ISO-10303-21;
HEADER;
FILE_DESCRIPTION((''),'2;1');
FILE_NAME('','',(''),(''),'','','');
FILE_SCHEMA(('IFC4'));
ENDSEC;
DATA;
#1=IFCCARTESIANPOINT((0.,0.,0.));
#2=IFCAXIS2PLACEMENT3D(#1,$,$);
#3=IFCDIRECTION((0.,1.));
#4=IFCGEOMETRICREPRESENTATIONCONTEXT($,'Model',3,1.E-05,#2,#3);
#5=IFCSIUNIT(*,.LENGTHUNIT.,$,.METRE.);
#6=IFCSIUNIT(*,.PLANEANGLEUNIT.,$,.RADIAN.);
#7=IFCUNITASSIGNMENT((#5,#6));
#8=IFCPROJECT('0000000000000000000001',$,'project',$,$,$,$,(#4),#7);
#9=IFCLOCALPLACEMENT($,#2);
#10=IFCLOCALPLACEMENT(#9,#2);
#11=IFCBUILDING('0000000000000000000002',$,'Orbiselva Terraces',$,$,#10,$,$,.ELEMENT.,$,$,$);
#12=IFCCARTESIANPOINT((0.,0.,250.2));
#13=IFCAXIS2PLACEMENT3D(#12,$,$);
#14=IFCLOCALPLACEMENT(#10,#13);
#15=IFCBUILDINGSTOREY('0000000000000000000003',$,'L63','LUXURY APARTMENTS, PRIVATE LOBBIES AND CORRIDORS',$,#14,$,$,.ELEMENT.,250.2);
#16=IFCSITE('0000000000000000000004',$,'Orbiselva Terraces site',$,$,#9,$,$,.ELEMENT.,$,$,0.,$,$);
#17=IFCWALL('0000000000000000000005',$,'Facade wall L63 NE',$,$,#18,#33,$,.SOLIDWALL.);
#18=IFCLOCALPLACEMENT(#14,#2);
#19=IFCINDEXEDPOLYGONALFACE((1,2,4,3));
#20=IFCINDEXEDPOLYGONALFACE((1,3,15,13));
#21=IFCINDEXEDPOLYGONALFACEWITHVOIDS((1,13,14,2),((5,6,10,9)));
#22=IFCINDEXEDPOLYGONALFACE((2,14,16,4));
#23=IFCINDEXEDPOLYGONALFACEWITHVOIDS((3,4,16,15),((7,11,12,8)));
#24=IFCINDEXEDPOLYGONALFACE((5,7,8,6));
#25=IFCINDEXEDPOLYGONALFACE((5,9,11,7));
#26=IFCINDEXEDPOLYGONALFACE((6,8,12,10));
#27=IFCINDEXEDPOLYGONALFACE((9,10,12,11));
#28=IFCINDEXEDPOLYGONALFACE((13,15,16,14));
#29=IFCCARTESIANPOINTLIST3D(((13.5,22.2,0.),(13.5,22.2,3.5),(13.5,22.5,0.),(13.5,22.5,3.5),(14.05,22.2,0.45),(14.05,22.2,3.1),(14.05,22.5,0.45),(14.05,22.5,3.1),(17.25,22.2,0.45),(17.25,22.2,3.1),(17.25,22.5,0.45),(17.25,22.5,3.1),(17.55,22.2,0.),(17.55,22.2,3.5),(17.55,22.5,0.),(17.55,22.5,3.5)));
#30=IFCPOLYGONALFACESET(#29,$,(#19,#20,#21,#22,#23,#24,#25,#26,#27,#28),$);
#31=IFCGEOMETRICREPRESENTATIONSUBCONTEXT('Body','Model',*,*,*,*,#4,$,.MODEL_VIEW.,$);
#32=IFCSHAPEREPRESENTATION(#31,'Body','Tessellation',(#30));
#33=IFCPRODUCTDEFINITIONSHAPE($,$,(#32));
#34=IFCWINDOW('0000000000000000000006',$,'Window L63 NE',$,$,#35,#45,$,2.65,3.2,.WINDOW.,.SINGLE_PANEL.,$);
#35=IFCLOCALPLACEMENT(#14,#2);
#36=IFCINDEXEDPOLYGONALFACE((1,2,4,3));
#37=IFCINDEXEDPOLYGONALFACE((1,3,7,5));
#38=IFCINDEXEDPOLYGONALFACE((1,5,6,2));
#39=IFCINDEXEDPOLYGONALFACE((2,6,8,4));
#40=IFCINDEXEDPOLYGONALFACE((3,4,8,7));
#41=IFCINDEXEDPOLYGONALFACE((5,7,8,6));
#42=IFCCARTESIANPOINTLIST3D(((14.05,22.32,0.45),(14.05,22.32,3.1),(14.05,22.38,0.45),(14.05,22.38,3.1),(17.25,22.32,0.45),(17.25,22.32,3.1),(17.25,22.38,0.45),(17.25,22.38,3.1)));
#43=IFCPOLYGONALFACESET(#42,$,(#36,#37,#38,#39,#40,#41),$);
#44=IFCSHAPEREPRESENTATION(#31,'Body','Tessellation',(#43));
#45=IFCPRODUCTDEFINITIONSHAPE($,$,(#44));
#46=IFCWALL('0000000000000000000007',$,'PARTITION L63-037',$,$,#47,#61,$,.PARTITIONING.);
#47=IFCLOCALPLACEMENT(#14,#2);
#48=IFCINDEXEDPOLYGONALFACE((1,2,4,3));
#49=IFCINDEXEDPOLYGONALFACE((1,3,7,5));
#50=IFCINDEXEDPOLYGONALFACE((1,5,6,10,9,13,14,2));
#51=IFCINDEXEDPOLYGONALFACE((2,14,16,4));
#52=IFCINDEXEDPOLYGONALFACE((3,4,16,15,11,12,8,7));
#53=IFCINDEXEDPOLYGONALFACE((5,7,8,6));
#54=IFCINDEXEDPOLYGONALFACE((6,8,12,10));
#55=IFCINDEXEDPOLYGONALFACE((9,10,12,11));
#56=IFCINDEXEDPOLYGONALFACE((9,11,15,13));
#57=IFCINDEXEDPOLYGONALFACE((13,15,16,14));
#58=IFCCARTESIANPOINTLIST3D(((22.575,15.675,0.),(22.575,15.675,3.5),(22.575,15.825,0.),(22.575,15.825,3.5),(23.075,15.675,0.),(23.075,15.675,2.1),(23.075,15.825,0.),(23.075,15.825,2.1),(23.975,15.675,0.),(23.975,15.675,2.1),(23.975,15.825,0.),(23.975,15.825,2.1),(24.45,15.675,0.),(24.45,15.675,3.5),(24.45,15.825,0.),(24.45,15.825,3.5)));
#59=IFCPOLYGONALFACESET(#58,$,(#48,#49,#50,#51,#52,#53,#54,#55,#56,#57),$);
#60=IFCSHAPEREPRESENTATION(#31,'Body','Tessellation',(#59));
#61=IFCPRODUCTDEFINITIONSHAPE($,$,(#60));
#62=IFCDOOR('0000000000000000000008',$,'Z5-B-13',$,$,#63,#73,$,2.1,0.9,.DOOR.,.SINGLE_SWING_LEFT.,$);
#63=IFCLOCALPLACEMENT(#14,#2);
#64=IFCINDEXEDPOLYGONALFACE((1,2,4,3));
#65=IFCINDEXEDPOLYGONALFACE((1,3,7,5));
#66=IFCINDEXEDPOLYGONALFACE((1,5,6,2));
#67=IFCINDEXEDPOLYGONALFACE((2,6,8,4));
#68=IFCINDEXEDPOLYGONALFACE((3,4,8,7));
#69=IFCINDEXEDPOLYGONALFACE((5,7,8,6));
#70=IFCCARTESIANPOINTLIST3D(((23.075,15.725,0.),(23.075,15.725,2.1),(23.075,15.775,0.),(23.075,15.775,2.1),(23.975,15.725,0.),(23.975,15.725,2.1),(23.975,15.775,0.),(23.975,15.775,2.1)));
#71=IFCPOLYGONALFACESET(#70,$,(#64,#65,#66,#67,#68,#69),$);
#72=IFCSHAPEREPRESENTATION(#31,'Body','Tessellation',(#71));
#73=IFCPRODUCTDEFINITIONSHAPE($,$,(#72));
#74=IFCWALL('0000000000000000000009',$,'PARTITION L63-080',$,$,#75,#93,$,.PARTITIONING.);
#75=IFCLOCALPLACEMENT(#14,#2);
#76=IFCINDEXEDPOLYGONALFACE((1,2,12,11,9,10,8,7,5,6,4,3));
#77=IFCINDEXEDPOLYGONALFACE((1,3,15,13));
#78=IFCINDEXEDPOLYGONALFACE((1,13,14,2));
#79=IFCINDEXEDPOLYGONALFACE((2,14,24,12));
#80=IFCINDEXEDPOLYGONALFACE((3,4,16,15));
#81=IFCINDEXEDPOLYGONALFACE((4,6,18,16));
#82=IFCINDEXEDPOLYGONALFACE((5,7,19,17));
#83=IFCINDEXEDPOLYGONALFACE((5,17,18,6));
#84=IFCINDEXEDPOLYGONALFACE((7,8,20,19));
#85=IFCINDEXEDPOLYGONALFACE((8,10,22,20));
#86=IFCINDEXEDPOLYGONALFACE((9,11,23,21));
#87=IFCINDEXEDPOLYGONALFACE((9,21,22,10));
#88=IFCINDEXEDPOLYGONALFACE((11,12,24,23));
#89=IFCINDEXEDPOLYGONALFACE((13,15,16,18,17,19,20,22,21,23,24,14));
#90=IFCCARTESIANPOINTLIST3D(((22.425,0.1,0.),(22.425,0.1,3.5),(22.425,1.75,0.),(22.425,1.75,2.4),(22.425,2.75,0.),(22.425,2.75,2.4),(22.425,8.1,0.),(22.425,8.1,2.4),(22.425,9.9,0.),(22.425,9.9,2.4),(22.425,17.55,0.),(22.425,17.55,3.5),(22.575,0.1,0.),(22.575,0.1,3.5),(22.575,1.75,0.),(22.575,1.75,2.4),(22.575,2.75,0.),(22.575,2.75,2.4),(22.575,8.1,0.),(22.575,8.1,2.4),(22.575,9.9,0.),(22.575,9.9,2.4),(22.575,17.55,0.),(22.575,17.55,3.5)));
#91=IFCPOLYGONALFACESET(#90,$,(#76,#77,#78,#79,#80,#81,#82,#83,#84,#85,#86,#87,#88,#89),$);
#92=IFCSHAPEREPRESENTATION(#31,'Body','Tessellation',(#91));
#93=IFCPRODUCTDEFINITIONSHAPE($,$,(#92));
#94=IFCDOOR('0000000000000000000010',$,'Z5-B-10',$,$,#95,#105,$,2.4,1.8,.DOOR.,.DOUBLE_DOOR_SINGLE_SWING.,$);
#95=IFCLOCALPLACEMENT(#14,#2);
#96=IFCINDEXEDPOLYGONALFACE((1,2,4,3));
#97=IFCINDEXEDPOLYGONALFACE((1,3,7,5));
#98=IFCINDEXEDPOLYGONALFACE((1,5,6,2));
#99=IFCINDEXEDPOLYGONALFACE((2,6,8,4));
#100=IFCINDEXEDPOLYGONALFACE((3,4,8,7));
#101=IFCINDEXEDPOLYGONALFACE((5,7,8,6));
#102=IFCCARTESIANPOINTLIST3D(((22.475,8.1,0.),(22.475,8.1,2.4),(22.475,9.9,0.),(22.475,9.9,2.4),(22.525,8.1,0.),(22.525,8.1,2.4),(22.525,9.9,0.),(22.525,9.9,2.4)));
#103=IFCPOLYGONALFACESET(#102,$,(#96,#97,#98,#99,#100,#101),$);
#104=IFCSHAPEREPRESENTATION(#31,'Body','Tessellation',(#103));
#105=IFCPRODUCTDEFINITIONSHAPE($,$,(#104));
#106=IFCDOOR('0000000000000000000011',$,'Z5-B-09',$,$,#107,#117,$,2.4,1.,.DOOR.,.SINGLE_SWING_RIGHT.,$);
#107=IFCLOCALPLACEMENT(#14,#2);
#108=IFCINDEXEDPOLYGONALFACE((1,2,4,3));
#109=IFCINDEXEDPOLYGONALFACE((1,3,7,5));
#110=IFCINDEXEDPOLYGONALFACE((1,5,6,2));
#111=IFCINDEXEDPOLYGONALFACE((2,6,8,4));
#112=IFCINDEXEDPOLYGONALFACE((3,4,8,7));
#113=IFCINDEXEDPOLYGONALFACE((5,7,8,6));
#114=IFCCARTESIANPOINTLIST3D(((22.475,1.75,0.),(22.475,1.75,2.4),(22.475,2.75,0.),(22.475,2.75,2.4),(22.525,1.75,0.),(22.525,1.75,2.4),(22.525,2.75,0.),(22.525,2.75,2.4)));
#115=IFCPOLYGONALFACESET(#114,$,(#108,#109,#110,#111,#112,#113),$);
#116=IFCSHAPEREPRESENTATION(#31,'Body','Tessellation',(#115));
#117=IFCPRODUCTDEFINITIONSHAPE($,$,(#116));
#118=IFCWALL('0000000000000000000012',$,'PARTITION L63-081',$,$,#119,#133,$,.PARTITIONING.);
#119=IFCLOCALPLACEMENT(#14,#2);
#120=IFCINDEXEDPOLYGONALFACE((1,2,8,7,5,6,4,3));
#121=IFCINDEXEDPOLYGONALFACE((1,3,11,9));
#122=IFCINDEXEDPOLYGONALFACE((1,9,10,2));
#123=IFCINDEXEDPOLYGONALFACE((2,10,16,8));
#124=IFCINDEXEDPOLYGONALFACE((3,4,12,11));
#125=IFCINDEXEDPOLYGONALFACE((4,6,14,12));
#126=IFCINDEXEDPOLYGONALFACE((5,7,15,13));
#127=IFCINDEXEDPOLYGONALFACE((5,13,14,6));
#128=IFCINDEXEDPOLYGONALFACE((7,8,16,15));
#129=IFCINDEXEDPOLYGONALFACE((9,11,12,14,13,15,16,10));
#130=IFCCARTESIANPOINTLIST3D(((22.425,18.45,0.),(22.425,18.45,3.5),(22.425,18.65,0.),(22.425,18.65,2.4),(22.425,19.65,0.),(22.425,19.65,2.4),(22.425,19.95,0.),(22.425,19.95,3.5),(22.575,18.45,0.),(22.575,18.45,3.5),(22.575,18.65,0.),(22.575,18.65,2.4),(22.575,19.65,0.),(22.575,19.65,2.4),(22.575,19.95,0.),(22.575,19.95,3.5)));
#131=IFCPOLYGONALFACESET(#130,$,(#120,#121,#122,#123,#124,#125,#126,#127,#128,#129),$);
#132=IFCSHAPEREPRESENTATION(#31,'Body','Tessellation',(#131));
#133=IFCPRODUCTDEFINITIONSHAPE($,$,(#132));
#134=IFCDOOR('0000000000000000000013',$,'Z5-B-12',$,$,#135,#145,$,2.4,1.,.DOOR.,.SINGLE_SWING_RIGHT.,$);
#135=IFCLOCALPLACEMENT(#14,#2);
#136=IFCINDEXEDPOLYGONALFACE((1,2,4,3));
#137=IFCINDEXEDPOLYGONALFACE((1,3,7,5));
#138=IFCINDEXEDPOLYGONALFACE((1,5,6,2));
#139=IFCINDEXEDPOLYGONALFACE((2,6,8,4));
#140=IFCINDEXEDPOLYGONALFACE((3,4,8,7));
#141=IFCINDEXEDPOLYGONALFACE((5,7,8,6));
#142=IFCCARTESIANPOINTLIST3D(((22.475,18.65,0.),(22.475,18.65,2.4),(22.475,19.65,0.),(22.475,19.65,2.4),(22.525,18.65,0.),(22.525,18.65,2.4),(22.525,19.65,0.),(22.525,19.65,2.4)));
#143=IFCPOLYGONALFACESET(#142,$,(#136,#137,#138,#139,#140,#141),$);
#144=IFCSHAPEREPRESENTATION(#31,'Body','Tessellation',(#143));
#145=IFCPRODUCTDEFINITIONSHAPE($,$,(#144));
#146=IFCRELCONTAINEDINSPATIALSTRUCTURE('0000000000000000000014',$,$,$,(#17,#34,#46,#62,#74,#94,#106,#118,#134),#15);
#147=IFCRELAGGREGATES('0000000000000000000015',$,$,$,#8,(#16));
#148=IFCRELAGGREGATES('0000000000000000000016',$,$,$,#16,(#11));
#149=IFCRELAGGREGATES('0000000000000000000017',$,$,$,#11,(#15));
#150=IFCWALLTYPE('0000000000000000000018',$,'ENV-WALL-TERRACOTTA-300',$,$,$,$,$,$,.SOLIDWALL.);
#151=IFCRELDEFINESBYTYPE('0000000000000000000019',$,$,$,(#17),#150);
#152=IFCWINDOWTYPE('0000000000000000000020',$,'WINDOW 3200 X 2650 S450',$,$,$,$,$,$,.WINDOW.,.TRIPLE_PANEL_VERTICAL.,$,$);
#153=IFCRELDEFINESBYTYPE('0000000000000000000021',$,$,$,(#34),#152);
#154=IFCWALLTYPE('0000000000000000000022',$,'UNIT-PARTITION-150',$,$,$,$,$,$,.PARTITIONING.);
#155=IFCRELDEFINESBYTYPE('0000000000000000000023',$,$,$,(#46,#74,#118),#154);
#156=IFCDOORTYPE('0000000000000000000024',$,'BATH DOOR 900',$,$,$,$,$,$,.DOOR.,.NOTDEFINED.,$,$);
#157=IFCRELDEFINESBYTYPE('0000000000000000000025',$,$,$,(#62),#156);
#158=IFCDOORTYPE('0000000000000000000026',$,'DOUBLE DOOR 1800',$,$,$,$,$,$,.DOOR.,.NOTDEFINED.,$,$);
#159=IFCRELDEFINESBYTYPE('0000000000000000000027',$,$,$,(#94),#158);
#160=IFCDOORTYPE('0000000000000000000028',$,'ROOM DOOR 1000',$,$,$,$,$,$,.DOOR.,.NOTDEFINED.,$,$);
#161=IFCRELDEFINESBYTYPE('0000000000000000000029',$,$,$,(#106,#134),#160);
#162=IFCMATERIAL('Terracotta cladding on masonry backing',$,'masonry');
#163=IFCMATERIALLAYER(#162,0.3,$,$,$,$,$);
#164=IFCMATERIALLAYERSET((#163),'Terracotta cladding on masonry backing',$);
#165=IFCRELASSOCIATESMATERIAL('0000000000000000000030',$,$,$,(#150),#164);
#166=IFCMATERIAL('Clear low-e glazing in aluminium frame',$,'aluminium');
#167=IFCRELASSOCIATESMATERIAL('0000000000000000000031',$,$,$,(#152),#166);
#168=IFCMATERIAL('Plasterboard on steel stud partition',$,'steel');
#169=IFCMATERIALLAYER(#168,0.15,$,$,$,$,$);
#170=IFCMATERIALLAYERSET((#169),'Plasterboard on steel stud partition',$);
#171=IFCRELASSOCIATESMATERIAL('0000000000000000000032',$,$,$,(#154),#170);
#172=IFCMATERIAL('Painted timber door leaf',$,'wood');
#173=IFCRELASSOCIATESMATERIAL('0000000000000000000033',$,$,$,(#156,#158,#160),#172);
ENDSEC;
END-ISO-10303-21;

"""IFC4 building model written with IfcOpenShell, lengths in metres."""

from ifc_helpers import new_model, si_unit, direction, frame, frame_2d, origin, place, context, subcontext, project, spatial, rectangle, extrude, material, layer, layer_set, type_object, element, fill, save


model = new_model("IFC4")

# Units and contexts
model_context = context("Model", 3, precision=1e-05, world=origin(), true_north=direction((0.0, 1.0)))
body_context = subcontext(model_context, "Body", "Model", "MODEL_VIEW")
ifc_project = project(units=[si_unit("LENGTHUNIT", "METRE"), si_unit("PLANEANGLEUNIT", "RADIAN")], contexts=[model_context])

# Site, building, storey
site_placement = place(None, origin())
site = spatial("IfcSite", under=ifc_project, at=site_placement, Name="Orbiselva Terraces site", CompositionType="ELEMENT", RefElevation=0.0)
building_placement = place(site_placement, origin())
building = spatial("IfcBuilding", under=site, at=building_placement, Name="Orbiselva Terraces", CompositionType="ELEMENT")
storey_placement = place(building_placement, frame((0.0, 0.0, 250.2)))
storey = spatial("IfcBuildingStorey", under=building, at=storey_placement, Name="L63", Description="LUXURY APARTMENTS, PRIVATE LOBBIES AND CORRIDORS", CompositionType="ELEMENT", Elevation=250.2)

# Shared definitions
ifc_material_1 = material(Name="Terracotta cladding on masonry backing", Category="masonry")
ifc_layer_1 = layer(ifc_material_1, 0.3)
ifc_layer_set_1 = layer_set([ifc_layer_1], Name="Terracotta cladding on masonry backing")
wall_type_1 = type_object("IfcWallType", Name="ENV-WALL-TERRACOTTA-300", PredefinedType="SOLIDWALL", material=ifc_layer_set_1)
ifc_material_2 = material(Name="Clear low-e glazing in aluminium frame", Category="aluminium")
window_type = type_object("IfcWindowType", Name="WINDOW 3200 X 2650 S450", PartitioningType="TRIPLE_PANEL_VERTICAL", PredefinedType="WINDOW", material=ifc_material_2)

# Wall, opening, window
wall_1_placement = place(storey_placement, frame((13.5, 22.35, 0.0), z_axis=(0.0, 0.0, 1.0), x_axis=(1.0, 0.0, 0.0)))
wall_1 = element("IfcWall", 1, at=wall_1_placement, inside=storey, type_object=wall_type_1, Name="Facade wall L63 NE", PredefinedType="SOLIDWALL", context=body_context, shape_type="SweptSolid", body=[
    extrude(rectangle(XDim=4.05, YDim=0.3, at=frame_2d((2.025, 0.0))), origin(), (0.0, 0.0, 1.0), 3.5),
])
opening_1_placement = place(wall_1_placement, frame((0.55, 0.0, 0.45)))
opening_1 = element("IfcOpeningElement", 2, at=opening_1_placement, cuts=wall_1, PredefinedType="OPENING", context=body_context, shape_type="SweptSolid", body=[
    extrude(rectangle(XDim=3.2, YDim=2.65, at=frame_2d((1.6, 1.325))), frame((0.0, 0.16, 0.0), z_axis=(0.0, -1.0, 0.0), x_axis=(1.0, 0.0, 0.0)), (0.0, 0.0, 1.0), 0.32),
])
window_1_placement = place(opening_1_placement, origin())
window_1 = element("IfcWindow", 3, at=window_1_placement, inside=storey, type_object=window_type, Name="Window L63 NE", OverallHeight=2.65, OverallWidth=3.2, PartitioningType="SINGLE_PANEL", PredefinedType="WINDOW", context=body_context, shape_type="SweptSolid", body=[
    extrude(rectangle(XDim=3.2, YDim=2.65, at=frame_2d((1.6, 1.325))), frame((0.0, 0.03, 0.0), z_axis=(0.0, -1.0, 0.0), x_axis=(1.0, 0.0, 0.0)), (0.0, 0.0, 1.0), 0.06),
])
fill(opening_1, window_1)

# Wall, opening, door
ifc_material_3 = material(Name="Plasterboard on steel stud partition", Category="steel")
ifc_layer_2 = layer(ifc_material_3, 0.15)
ifc_layer_set_2 = layer_set([ifc_layer_2], Name="Plasterboard on steel stud partition")
wall_type_2 = type_object("IfcWallType", Name="UNIT-PARTITION-150", PredefinedType="PARTITIONING", material=ifc_layer_set_2)
wall_2_placement = place(storey_placement, frame((24.45, 15.75, 0.0), z_axis=(0.0, 0.0, 1.0), x_axis=(-1.0, 0.0, 0.0)))
wall_2 = element("IfcWall", 4, at=wall_2_placement, inside=storey, type_object=wall_type_2, Name="PARTITION L63-037", PredefinedType="PARTITIONING", context=body_context, shape_type="SweptSolid", body=[
    extrude(rectangle(XDim=1.875, YDim=0.15, at=frame_2d((0.9375, 0.0))), origin(), (0.0, 0.0, 1.0), 3.5),
])
opening_2_placement = place(wall_2_placement, frame((0.475, 0.0, 0.0)))
opening_2 = element("IfcOpeningElement", 5, at=opening_2_placement, cuts=wall_2, PredefinedType="OPENING", context=body_context, shape_type="SweptSolid", body=[
    extrude(rectangle(XDim=0.9, YDim=2.1, at=frame_2d((0.45, 1.05))), frame((0.0, 0.085, 0.0), z_axis=(0.0, -1.0, 0.0), x_axis=(1.0, 0.0, 0.0)), (0.0, 0.0, 1.0), 0.17),
])
ifc_material_4 = material(Name="Painted timber door leaf", Category="wood")
door_type_1 = type_object("IfcDoorType", Name="BATH DOOR 900", OperationType="NOTDEFINED", PredefinedType="DOOR", material=ifc_material_4)
door_1_placement = place(opening_2_placement, origin())
door_1 = element("IfcDoor", 6, at=door_1_placement, inside=storey, type_object=door_type_1, Name="Z5-B-13", OperationType="SINGLE_SWING_LEFT", OverallHeight=2.1, OverallWidth=0.9, PredefinedType="DOOR", context=body_context, shape_type="SweptSolid", body=[
    extrude(rectangle(XDim=0.9, YDim=2.1, at=frame_2d((0.45, 1.05))), frame((0.0, 0.025, 0.0), z_axis=(0.0, -1.0, 0.0), x_axis=(1.0, 0.0, 0.0)), (0.0, 0.0, 1.0), 0.05),
])
fill(opening_2, door_1)

# Wall, openings, doors
wall_3_placement = place(storey_placement, frame((22.5, 17.55, 0.0), z_axis=(0.0, 0.0, 1.0), x_axis=(0.0, -1.0, 0.0)))
wall_3 = element("IfcWall", 7, at=wall_3_placement, inside=storey, type_object=wall_type_2, Name="PARTITION L63-080", PredefinedType="PARTITIONING", context=body_context, shape_type="SweptSolid", body=[
    extrude(rectangle(XDim=17.45, YDim=0.15, at=frame_2d((8.725, 0.0))), origin(), (0.0, 0.0, 1.0), 3.5),
])
opening_3_placement = place(wall_3_placement, frame((14.8, 0.0, 0.0)))
opening_3 = element("IfcOpeningElement", 8, at=opening_3_placement, cuts=wall_3, PredefinedType="OPENING", context=body_context, shape_type="SweptSolid", body=[
    extrude(rectangle(XDim=1.0, YDim=2.4, at=frame_2d((0.5, 1.2))), frame((0.0, 0.085, 0.0), z_axis=(0.0, -1.0, 0.0), x_axis=(1.0, 0.0, 0.0)), (0.0, 0.0, 1.0), 0.17),
])
opening_4_placement = place(wall_3_placement, frame((7.65, 0.0, 0.0)))
opening_4 = element("IfcOpeningElement", 9, at=opening_4_placement, cuts=wall_3, PredefinedType="OPENING", context=body_context, shape_type="SweptSolid", body=[
    extrude(rectangle(XDim=1.8, YDim=2.4, at=frame_2d((0.9, 1.2))), frame((0.0, 0.085, 0.0), z_axis=(0.0, -1.0, 0.0), x_axis=(1.0, 0.0, 0.0)), (0.0, 0.0, 1.0), 0.17),
])
door_type_2 = type_object("IfcDoorType", Name="DOUBLE DOOR 1800", OperationType="NOTDEFINED", PredefinedType="DOOR", material=ifc_material_4)
door_2_placement = place(opening_4_placement, origin())
door_2 = element("IfcDoor", 10, at=door_2_placement, inside=storey, type_object=door_type_2, Name="Z5-B-10", OperationType="DOUBLE_DOOR_SINGLE_SWING", OverallHeight=2.4, OverallWidth=1.8, PredefinedType="DOOR", context=body_context, shape_type="SweptSolid", body=[
    extrude(rectangle(XDim=1.8, YDim=2.4, at=frame_2d((0.9, 1.2))), frame((0.0, 0.025, 0.0), z_axis=(0.0, -1.0, 0.0), x_axis=(1.0, 0.0, 0.0)), (0.0, 0.0, 1.0), 0.05),
])
fill(opening_4, door_2)
door_type_3 = type_object("IfcDoorType", Name="ROOM DOOR 1000", OperationType="NOTDEFINED", PredefinedType="DOOR", material=ifc_material_4)
door_3_placement = place(opening_3_placement, origin())
door_3 = element("IfcDoor", 11, at=door_3_placement, inside=storey, type_object=door_type_3, Name="Z5-B-09", OperationType="SINGLE_SWING_RIGHT", OverallHeight=2.4, OverallWidth=1.0, PredefinedType="DOOR", context=body_context, shape_type="SweptSolid", body=[
    extrude(rectangle(XDim=1.0, YDim=2.4, at=frame_2d((0.5, 1.2))), frame((0.0, 0.025, 0.0), z_axis=(0.0, -1.0, 0.0), x_axis=(1.0, 0.0, 0.0)), (0.0, 0.0, 1.0), 0.05),
])
fill(opening_3, door_3)

# Wall, opening, door
wall_4_placement = place(storey_placement, frame((22.5, 19.95, 0.0), z_axis=(0.0, 0.0, 1.0), x_axis=(0.0, -1.0, 0.0)))
wall_4 = element("IfcWall", 12, at=wall_4_placement, inside=storey, type_object=wall_type_2, Name="PARTITION L63-081", PredefinedType="PARTITIONING", context=body_context, shape_type="SweptSolid", body=[
    extrude(rectangle(XDim=1.5, YDim=0.15, at=frame_2d((0.75, 0.0))), origin(), (0.0, 0.0, 1.0), 3.5),
])
opening_5_placement = place(wall_4_placement, frame((0.3, 0.0, 0.0)))
opening_5 = element("IfcOpeningElement", 13, at=opening_5_placement, cuts=wall_4, PredefinedType="OPENING", context=body_context, shape_type="SweptSolid", body=[
    extrude(rectangle(XDim=1.0, YDim=2.4, at=frame_2d((0.5, 1.2))), frame((0.0, 0.085, 0.0), z_axis=(0.0, -1.0, 0.0), x_axis=(1.0, 0.0, 0.0)), (0.0, 0.0, 1.0), 0.17),
])
door_4_placement = place(opening_5_placement, origin())
door_4 = element("IfcDoor", 14, at=door_4_placement, inside=storey, type_object=door_type_3, Name="Z5-B-12", OperationType="SINGLE_SWING_RIGHT", OverallHeight=2.4, OverallWidth=1.0, PredefinedType="DOOR", context=body_context, shape_type="SweptSolid", body=[
    extrude(rectangle(XDim=1.0, YDim=2.4, at=frame_2d((0.5, 1.2))), frame((0.0, 0.025, 0.0), z_axis=(0.0, -1.0, 0.0), x_axis=(1.0, 0.0, 0.0)), (0.0, 0.0, 1.0), 0.05),
])
fill(opening_5, door_4)

save(model, "model.ifc")
